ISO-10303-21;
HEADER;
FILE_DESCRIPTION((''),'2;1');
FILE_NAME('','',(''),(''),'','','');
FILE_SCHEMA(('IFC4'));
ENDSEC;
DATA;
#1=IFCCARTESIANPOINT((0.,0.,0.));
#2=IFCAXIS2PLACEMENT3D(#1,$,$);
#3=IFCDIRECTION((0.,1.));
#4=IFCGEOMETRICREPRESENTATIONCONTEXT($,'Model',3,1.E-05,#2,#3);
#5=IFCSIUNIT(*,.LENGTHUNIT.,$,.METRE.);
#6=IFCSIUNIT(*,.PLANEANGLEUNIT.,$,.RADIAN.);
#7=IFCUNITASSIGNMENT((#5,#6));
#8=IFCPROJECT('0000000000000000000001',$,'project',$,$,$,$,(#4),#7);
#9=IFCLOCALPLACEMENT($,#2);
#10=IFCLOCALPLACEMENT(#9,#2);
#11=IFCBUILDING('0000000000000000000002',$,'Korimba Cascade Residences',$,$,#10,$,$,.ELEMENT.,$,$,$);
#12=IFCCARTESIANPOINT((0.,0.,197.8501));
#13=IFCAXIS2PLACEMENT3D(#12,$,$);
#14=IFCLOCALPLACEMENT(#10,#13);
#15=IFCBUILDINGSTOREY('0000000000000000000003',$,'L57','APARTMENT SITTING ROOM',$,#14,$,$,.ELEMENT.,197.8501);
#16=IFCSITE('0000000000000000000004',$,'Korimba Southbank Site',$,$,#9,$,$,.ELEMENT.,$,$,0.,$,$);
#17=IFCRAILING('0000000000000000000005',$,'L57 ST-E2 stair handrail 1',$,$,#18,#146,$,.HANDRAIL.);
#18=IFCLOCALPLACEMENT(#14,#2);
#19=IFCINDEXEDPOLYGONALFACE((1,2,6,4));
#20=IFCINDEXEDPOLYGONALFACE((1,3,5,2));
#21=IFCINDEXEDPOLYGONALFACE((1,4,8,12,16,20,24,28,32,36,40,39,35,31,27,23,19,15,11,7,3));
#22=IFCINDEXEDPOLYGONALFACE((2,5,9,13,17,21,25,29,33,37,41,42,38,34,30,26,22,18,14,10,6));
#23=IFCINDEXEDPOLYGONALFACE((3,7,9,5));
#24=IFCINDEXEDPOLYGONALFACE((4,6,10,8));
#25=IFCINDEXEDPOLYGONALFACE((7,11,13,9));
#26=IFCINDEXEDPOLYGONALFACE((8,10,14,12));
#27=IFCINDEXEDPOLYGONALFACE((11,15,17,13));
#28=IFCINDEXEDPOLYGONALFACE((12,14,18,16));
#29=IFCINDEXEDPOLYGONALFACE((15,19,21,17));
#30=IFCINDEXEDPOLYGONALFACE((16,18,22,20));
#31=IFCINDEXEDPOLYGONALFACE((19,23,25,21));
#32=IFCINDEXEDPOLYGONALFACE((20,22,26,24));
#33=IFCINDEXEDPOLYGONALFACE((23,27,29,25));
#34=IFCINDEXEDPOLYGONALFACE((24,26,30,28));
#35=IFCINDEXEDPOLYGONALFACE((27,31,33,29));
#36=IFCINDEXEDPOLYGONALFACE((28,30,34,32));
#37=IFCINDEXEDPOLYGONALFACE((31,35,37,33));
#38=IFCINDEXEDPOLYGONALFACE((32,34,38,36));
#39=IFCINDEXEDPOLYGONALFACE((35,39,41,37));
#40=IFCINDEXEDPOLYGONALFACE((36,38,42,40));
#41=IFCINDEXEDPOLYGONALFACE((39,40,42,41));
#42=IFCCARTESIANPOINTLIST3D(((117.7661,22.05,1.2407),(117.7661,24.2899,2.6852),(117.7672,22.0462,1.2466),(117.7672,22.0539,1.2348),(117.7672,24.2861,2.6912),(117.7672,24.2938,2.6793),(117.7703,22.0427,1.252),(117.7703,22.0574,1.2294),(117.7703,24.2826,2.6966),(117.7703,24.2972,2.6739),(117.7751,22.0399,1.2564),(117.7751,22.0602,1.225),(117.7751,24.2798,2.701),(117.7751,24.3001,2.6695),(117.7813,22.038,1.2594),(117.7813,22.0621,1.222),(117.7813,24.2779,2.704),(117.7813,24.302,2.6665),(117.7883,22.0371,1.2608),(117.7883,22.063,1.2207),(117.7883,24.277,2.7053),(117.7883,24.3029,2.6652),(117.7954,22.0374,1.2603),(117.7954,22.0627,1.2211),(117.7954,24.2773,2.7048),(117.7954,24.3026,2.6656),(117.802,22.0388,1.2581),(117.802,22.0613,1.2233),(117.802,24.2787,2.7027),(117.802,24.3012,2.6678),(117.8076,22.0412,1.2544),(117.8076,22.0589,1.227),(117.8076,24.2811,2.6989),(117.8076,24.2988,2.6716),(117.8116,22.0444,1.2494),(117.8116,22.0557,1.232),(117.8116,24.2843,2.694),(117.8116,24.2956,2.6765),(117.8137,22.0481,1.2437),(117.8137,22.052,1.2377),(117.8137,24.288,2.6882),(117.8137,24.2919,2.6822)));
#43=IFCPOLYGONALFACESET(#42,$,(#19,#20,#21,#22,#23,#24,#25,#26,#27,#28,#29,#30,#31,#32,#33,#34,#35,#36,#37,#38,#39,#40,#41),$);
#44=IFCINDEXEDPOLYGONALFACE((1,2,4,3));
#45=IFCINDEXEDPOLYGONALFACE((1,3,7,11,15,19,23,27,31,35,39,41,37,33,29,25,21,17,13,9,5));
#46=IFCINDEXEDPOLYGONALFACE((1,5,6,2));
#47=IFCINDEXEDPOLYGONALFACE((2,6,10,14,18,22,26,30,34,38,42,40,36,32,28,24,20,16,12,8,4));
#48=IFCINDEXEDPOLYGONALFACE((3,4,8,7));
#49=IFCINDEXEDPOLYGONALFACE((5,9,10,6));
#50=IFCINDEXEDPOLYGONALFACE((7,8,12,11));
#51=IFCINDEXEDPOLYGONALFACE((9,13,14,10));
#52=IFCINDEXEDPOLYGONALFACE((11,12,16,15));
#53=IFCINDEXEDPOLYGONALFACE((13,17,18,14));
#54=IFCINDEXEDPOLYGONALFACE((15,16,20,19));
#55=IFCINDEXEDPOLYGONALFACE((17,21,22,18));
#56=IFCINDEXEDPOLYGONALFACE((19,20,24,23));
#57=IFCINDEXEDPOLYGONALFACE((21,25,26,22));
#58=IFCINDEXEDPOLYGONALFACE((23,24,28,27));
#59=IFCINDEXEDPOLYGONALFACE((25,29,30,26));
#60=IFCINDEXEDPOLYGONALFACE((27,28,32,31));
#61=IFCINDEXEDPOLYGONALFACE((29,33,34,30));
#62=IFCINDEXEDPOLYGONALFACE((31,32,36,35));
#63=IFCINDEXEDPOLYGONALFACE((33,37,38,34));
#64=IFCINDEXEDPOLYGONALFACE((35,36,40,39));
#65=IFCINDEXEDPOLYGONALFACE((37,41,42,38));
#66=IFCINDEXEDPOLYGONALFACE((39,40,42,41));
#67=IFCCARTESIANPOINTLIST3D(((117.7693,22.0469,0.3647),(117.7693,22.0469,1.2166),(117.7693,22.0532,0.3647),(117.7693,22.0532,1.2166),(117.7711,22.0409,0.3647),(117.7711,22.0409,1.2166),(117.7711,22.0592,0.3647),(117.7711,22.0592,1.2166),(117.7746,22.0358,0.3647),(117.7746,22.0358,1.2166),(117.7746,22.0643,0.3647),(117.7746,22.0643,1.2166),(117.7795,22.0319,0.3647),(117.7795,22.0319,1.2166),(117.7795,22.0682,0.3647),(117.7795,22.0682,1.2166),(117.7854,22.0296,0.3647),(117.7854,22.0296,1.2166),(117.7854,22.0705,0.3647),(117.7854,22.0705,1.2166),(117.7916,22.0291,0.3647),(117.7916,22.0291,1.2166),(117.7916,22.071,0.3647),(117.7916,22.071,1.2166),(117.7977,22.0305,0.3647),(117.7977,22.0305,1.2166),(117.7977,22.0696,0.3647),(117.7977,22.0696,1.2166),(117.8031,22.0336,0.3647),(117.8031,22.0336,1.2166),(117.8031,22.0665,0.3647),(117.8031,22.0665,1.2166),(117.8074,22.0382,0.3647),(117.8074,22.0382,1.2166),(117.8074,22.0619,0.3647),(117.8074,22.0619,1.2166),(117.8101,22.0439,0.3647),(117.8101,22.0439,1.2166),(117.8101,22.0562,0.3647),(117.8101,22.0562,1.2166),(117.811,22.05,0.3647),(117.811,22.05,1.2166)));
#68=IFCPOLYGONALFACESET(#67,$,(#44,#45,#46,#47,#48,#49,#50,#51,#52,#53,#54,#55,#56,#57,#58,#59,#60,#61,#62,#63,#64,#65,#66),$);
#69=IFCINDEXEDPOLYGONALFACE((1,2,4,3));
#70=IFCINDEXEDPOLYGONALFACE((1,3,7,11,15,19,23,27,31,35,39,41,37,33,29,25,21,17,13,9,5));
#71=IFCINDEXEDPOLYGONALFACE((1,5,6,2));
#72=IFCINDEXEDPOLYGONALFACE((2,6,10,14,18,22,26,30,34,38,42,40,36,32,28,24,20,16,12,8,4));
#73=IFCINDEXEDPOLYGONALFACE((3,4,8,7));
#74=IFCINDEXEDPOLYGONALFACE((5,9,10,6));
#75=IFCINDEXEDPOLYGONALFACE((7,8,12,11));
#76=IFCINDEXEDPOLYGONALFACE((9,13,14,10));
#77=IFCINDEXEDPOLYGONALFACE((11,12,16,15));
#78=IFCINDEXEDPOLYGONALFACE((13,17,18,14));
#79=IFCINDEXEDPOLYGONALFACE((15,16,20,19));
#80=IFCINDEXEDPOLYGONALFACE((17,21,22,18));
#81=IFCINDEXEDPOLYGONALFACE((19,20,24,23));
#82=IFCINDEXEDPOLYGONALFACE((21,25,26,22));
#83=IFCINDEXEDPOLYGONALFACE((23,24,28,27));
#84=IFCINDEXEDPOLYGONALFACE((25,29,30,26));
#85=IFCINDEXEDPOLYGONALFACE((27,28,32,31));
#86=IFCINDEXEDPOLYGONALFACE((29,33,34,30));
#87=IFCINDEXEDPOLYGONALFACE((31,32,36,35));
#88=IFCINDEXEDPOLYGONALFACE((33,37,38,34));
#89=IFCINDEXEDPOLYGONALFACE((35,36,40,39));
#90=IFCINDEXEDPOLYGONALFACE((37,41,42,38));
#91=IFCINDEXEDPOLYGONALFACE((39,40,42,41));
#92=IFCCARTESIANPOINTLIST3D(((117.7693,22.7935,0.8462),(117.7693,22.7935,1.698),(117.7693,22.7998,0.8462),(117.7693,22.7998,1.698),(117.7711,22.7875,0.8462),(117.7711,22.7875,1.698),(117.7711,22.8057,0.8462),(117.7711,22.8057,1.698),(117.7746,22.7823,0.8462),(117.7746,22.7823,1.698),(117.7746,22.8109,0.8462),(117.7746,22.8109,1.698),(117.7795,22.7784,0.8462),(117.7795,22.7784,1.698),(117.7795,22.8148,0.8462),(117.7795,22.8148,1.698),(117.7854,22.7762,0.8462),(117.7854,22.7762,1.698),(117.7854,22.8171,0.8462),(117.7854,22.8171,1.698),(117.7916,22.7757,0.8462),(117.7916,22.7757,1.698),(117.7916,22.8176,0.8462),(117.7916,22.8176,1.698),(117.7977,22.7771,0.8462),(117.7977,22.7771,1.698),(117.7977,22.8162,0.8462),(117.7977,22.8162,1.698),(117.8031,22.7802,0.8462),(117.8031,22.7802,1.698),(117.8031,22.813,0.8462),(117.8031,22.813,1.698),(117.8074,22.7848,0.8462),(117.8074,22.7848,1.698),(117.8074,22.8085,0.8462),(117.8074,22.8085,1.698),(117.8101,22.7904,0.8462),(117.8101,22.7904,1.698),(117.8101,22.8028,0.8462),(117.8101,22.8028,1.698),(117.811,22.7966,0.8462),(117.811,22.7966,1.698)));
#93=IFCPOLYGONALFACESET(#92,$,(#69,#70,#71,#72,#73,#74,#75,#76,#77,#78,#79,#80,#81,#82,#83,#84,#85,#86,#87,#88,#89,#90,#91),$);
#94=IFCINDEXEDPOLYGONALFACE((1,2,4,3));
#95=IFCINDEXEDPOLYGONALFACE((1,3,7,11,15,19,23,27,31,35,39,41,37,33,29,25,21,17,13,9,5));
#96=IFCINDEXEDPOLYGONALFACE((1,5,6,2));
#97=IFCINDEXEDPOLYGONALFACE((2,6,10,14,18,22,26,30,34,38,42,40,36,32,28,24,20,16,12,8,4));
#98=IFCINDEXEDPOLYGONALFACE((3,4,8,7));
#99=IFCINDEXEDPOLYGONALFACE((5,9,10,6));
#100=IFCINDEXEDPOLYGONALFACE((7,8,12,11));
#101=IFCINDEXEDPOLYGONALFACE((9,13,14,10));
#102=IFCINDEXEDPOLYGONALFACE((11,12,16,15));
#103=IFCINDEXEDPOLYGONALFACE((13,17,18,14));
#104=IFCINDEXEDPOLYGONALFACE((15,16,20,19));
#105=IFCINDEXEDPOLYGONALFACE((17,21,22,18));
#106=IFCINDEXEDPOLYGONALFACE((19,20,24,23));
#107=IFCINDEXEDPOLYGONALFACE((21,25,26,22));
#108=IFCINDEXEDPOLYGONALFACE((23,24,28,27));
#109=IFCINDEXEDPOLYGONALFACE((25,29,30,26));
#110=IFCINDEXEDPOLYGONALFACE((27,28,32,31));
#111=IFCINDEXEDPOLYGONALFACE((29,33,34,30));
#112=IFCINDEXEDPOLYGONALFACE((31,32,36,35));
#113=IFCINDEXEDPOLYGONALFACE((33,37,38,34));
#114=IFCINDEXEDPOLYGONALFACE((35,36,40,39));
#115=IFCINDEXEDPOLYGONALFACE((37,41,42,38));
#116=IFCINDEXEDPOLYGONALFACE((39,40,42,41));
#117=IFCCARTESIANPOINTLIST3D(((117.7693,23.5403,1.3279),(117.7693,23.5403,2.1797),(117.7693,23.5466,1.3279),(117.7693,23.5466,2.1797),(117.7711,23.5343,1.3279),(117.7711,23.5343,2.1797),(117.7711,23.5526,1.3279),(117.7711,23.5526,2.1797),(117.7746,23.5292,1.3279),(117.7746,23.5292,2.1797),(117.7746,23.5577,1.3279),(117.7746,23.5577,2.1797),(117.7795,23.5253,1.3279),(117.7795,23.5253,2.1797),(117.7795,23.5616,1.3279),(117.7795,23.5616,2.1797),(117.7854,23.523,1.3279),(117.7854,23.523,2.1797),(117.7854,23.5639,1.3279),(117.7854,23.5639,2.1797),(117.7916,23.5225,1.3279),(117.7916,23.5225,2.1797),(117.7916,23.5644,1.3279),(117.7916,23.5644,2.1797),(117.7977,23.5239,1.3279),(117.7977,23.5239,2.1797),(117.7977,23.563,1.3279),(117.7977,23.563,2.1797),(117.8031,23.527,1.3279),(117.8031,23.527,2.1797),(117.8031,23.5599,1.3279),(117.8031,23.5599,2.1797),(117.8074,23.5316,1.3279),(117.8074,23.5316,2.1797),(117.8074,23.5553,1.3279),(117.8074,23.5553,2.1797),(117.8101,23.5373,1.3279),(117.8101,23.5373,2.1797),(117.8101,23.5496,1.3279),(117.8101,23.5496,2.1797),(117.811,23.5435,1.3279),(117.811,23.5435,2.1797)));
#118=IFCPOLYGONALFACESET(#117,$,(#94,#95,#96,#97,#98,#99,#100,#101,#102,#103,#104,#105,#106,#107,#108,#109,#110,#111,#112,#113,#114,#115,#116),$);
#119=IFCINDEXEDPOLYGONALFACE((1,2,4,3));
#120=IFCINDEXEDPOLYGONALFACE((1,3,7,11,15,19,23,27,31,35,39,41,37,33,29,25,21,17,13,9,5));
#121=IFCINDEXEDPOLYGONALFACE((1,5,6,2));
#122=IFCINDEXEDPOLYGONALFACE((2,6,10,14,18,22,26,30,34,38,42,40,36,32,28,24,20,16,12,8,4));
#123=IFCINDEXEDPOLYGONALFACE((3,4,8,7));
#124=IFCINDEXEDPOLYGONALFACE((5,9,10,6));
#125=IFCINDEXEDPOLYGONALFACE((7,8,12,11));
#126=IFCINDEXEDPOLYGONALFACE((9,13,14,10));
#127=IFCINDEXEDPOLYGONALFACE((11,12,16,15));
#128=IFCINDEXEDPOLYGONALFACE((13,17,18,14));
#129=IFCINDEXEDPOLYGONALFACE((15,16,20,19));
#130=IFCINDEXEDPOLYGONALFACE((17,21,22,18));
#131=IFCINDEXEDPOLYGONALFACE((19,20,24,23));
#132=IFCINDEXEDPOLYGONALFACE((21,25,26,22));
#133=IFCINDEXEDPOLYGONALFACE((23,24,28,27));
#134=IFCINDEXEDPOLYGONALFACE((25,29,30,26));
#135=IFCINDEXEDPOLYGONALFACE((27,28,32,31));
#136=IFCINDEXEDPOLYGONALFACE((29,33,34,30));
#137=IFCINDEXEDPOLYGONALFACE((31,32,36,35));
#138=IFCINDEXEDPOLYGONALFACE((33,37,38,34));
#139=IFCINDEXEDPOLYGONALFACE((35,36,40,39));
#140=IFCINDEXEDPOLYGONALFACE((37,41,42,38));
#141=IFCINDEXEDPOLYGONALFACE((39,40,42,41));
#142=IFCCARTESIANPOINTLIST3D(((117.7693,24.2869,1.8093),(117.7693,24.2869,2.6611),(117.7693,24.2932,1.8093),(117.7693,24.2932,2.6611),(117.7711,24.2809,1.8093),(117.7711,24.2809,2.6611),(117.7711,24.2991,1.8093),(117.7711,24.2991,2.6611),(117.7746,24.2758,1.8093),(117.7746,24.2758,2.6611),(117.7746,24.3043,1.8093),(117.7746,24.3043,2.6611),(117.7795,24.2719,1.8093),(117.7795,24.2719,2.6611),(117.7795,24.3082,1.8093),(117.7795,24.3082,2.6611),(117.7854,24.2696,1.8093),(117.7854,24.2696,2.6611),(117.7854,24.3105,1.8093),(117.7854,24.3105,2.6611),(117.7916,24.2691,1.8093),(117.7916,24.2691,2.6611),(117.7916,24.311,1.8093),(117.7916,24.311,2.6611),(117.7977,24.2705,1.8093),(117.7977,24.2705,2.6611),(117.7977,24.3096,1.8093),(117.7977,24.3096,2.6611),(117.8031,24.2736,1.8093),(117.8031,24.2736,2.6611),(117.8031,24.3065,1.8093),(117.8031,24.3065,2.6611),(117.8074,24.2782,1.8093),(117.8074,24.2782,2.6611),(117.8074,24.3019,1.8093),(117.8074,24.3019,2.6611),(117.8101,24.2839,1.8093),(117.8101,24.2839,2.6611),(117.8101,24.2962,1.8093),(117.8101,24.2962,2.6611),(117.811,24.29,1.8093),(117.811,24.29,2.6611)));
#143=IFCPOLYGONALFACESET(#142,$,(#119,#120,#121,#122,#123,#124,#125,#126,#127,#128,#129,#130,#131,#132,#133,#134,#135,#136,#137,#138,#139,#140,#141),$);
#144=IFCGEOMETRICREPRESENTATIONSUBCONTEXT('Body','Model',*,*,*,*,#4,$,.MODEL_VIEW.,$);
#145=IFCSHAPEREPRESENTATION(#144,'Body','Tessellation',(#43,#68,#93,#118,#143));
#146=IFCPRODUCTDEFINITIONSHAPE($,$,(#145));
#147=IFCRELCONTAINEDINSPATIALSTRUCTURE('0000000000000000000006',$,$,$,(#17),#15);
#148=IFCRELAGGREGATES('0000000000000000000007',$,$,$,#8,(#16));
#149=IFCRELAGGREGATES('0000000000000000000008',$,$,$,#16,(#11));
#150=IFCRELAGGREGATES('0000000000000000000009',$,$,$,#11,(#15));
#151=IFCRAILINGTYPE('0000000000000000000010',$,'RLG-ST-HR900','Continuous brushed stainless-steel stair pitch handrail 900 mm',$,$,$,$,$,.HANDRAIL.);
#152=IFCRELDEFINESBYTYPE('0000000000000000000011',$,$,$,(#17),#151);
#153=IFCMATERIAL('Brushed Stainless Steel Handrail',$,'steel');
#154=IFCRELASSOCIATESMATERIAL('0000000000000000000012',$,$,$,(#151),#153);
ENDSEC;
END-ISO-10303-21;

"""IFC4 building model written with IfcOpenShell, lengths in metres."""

from ifc_helpers import new_model, si_unit, direction, frame, origin, origin_2d, place, context, subcontext, project, spatial, circle, extrude, material, type_object, element, save


model = new_model("IFC4")

# Units and contexts
model_context = context("Model", 3, precision=1e-05, world=origin(), true_north=direction((0.0, 1.0)))
body_context = subcontext(model_context, "Body", "Model", "MODEL_VIEW")
ifc_project = project(units=[si_unit("LENGTHUNIT", "METRE"), si_unit("PLANEANGLEUNIT", "RADIAN")], contexts=[model_context])

# Site, building, storey
site_placement = place(None, origin())
site = spatial("IfcSite", under=ifc_project, at=site_placement, Name="Korimba Southbank Site", CompositionType="ELEMENT", RefElevation=0.0)
building_placement = place(site_placement, origin())
building = spatial("IfcBuilding", under=site, at=building_placement, Name="Korimba Cascade Residences", CompositionType="ELEMENT")
storey_placement = place(building_placement, frame((0.0, 0.0, 197.8501)))
storey = spatial("IfcBuildingStorey", under=building, at=storey_placement, Name="L57", Description="APARTMENT SITTING ROOM", CompositionType="ELEMENT", Elevation=197.8501)

# Railing
ifc_material_1 = material(Name="Brushed Stainless Steel Handrail", Category="steel")
railing_type_1 = type_object("IfcRailingType", Name="RLG-ST-HR900", Description="Continuous brushed stainless-steel stair pitch handrail 900 mm", PredefinedType="HANDRAIL", material=ifc_material_1)
railing_1_placement = place(storey_placement, frame((117.79, 22.05, 0.3647)))
element("IfcRailing", 1, at=railing_1_placement, inside=storey, type_object=railing_type_1, Name="L57 ST-E2 stair handrail 1", PredefinedType="HANDRAIL", context=body_context, shape_type="SweptSolid", body=[
    extrude(circle(Radius=0.0239, at=origin_2d()), frame((0.0, 0.0, 0.876), z_axis=(0.0, 0.840395, 0.541975), x_axis=(-1.0, 0.0, 0.0)), (0.0, 0.0, 1.0), 2.6653),
    extrude(circle(Radius=0.021, at=origin_2d()), origin(), (0.0, 0.0, 1.0), 0.8518),
    extrude(circle(Radius=0.021, at=origin_2d()), frame((0.0, 0.7466, 0.4814)), (0.0, 0.0, 1.0), 0.8518),
    extrude(circle(Radius=0.021, at=origin_2d()), frame((0.0, 1.4934, 0.9631)), (0.0, 0.0, 1.0), 0.8518),
    extrude(circle(Radius=0.021, at=origin_2d()), frame((0.0, 2.24, 1.4446)), (0.0, 0.0, 1.0), 0.8518),
])

save(model, "model.ifc")
